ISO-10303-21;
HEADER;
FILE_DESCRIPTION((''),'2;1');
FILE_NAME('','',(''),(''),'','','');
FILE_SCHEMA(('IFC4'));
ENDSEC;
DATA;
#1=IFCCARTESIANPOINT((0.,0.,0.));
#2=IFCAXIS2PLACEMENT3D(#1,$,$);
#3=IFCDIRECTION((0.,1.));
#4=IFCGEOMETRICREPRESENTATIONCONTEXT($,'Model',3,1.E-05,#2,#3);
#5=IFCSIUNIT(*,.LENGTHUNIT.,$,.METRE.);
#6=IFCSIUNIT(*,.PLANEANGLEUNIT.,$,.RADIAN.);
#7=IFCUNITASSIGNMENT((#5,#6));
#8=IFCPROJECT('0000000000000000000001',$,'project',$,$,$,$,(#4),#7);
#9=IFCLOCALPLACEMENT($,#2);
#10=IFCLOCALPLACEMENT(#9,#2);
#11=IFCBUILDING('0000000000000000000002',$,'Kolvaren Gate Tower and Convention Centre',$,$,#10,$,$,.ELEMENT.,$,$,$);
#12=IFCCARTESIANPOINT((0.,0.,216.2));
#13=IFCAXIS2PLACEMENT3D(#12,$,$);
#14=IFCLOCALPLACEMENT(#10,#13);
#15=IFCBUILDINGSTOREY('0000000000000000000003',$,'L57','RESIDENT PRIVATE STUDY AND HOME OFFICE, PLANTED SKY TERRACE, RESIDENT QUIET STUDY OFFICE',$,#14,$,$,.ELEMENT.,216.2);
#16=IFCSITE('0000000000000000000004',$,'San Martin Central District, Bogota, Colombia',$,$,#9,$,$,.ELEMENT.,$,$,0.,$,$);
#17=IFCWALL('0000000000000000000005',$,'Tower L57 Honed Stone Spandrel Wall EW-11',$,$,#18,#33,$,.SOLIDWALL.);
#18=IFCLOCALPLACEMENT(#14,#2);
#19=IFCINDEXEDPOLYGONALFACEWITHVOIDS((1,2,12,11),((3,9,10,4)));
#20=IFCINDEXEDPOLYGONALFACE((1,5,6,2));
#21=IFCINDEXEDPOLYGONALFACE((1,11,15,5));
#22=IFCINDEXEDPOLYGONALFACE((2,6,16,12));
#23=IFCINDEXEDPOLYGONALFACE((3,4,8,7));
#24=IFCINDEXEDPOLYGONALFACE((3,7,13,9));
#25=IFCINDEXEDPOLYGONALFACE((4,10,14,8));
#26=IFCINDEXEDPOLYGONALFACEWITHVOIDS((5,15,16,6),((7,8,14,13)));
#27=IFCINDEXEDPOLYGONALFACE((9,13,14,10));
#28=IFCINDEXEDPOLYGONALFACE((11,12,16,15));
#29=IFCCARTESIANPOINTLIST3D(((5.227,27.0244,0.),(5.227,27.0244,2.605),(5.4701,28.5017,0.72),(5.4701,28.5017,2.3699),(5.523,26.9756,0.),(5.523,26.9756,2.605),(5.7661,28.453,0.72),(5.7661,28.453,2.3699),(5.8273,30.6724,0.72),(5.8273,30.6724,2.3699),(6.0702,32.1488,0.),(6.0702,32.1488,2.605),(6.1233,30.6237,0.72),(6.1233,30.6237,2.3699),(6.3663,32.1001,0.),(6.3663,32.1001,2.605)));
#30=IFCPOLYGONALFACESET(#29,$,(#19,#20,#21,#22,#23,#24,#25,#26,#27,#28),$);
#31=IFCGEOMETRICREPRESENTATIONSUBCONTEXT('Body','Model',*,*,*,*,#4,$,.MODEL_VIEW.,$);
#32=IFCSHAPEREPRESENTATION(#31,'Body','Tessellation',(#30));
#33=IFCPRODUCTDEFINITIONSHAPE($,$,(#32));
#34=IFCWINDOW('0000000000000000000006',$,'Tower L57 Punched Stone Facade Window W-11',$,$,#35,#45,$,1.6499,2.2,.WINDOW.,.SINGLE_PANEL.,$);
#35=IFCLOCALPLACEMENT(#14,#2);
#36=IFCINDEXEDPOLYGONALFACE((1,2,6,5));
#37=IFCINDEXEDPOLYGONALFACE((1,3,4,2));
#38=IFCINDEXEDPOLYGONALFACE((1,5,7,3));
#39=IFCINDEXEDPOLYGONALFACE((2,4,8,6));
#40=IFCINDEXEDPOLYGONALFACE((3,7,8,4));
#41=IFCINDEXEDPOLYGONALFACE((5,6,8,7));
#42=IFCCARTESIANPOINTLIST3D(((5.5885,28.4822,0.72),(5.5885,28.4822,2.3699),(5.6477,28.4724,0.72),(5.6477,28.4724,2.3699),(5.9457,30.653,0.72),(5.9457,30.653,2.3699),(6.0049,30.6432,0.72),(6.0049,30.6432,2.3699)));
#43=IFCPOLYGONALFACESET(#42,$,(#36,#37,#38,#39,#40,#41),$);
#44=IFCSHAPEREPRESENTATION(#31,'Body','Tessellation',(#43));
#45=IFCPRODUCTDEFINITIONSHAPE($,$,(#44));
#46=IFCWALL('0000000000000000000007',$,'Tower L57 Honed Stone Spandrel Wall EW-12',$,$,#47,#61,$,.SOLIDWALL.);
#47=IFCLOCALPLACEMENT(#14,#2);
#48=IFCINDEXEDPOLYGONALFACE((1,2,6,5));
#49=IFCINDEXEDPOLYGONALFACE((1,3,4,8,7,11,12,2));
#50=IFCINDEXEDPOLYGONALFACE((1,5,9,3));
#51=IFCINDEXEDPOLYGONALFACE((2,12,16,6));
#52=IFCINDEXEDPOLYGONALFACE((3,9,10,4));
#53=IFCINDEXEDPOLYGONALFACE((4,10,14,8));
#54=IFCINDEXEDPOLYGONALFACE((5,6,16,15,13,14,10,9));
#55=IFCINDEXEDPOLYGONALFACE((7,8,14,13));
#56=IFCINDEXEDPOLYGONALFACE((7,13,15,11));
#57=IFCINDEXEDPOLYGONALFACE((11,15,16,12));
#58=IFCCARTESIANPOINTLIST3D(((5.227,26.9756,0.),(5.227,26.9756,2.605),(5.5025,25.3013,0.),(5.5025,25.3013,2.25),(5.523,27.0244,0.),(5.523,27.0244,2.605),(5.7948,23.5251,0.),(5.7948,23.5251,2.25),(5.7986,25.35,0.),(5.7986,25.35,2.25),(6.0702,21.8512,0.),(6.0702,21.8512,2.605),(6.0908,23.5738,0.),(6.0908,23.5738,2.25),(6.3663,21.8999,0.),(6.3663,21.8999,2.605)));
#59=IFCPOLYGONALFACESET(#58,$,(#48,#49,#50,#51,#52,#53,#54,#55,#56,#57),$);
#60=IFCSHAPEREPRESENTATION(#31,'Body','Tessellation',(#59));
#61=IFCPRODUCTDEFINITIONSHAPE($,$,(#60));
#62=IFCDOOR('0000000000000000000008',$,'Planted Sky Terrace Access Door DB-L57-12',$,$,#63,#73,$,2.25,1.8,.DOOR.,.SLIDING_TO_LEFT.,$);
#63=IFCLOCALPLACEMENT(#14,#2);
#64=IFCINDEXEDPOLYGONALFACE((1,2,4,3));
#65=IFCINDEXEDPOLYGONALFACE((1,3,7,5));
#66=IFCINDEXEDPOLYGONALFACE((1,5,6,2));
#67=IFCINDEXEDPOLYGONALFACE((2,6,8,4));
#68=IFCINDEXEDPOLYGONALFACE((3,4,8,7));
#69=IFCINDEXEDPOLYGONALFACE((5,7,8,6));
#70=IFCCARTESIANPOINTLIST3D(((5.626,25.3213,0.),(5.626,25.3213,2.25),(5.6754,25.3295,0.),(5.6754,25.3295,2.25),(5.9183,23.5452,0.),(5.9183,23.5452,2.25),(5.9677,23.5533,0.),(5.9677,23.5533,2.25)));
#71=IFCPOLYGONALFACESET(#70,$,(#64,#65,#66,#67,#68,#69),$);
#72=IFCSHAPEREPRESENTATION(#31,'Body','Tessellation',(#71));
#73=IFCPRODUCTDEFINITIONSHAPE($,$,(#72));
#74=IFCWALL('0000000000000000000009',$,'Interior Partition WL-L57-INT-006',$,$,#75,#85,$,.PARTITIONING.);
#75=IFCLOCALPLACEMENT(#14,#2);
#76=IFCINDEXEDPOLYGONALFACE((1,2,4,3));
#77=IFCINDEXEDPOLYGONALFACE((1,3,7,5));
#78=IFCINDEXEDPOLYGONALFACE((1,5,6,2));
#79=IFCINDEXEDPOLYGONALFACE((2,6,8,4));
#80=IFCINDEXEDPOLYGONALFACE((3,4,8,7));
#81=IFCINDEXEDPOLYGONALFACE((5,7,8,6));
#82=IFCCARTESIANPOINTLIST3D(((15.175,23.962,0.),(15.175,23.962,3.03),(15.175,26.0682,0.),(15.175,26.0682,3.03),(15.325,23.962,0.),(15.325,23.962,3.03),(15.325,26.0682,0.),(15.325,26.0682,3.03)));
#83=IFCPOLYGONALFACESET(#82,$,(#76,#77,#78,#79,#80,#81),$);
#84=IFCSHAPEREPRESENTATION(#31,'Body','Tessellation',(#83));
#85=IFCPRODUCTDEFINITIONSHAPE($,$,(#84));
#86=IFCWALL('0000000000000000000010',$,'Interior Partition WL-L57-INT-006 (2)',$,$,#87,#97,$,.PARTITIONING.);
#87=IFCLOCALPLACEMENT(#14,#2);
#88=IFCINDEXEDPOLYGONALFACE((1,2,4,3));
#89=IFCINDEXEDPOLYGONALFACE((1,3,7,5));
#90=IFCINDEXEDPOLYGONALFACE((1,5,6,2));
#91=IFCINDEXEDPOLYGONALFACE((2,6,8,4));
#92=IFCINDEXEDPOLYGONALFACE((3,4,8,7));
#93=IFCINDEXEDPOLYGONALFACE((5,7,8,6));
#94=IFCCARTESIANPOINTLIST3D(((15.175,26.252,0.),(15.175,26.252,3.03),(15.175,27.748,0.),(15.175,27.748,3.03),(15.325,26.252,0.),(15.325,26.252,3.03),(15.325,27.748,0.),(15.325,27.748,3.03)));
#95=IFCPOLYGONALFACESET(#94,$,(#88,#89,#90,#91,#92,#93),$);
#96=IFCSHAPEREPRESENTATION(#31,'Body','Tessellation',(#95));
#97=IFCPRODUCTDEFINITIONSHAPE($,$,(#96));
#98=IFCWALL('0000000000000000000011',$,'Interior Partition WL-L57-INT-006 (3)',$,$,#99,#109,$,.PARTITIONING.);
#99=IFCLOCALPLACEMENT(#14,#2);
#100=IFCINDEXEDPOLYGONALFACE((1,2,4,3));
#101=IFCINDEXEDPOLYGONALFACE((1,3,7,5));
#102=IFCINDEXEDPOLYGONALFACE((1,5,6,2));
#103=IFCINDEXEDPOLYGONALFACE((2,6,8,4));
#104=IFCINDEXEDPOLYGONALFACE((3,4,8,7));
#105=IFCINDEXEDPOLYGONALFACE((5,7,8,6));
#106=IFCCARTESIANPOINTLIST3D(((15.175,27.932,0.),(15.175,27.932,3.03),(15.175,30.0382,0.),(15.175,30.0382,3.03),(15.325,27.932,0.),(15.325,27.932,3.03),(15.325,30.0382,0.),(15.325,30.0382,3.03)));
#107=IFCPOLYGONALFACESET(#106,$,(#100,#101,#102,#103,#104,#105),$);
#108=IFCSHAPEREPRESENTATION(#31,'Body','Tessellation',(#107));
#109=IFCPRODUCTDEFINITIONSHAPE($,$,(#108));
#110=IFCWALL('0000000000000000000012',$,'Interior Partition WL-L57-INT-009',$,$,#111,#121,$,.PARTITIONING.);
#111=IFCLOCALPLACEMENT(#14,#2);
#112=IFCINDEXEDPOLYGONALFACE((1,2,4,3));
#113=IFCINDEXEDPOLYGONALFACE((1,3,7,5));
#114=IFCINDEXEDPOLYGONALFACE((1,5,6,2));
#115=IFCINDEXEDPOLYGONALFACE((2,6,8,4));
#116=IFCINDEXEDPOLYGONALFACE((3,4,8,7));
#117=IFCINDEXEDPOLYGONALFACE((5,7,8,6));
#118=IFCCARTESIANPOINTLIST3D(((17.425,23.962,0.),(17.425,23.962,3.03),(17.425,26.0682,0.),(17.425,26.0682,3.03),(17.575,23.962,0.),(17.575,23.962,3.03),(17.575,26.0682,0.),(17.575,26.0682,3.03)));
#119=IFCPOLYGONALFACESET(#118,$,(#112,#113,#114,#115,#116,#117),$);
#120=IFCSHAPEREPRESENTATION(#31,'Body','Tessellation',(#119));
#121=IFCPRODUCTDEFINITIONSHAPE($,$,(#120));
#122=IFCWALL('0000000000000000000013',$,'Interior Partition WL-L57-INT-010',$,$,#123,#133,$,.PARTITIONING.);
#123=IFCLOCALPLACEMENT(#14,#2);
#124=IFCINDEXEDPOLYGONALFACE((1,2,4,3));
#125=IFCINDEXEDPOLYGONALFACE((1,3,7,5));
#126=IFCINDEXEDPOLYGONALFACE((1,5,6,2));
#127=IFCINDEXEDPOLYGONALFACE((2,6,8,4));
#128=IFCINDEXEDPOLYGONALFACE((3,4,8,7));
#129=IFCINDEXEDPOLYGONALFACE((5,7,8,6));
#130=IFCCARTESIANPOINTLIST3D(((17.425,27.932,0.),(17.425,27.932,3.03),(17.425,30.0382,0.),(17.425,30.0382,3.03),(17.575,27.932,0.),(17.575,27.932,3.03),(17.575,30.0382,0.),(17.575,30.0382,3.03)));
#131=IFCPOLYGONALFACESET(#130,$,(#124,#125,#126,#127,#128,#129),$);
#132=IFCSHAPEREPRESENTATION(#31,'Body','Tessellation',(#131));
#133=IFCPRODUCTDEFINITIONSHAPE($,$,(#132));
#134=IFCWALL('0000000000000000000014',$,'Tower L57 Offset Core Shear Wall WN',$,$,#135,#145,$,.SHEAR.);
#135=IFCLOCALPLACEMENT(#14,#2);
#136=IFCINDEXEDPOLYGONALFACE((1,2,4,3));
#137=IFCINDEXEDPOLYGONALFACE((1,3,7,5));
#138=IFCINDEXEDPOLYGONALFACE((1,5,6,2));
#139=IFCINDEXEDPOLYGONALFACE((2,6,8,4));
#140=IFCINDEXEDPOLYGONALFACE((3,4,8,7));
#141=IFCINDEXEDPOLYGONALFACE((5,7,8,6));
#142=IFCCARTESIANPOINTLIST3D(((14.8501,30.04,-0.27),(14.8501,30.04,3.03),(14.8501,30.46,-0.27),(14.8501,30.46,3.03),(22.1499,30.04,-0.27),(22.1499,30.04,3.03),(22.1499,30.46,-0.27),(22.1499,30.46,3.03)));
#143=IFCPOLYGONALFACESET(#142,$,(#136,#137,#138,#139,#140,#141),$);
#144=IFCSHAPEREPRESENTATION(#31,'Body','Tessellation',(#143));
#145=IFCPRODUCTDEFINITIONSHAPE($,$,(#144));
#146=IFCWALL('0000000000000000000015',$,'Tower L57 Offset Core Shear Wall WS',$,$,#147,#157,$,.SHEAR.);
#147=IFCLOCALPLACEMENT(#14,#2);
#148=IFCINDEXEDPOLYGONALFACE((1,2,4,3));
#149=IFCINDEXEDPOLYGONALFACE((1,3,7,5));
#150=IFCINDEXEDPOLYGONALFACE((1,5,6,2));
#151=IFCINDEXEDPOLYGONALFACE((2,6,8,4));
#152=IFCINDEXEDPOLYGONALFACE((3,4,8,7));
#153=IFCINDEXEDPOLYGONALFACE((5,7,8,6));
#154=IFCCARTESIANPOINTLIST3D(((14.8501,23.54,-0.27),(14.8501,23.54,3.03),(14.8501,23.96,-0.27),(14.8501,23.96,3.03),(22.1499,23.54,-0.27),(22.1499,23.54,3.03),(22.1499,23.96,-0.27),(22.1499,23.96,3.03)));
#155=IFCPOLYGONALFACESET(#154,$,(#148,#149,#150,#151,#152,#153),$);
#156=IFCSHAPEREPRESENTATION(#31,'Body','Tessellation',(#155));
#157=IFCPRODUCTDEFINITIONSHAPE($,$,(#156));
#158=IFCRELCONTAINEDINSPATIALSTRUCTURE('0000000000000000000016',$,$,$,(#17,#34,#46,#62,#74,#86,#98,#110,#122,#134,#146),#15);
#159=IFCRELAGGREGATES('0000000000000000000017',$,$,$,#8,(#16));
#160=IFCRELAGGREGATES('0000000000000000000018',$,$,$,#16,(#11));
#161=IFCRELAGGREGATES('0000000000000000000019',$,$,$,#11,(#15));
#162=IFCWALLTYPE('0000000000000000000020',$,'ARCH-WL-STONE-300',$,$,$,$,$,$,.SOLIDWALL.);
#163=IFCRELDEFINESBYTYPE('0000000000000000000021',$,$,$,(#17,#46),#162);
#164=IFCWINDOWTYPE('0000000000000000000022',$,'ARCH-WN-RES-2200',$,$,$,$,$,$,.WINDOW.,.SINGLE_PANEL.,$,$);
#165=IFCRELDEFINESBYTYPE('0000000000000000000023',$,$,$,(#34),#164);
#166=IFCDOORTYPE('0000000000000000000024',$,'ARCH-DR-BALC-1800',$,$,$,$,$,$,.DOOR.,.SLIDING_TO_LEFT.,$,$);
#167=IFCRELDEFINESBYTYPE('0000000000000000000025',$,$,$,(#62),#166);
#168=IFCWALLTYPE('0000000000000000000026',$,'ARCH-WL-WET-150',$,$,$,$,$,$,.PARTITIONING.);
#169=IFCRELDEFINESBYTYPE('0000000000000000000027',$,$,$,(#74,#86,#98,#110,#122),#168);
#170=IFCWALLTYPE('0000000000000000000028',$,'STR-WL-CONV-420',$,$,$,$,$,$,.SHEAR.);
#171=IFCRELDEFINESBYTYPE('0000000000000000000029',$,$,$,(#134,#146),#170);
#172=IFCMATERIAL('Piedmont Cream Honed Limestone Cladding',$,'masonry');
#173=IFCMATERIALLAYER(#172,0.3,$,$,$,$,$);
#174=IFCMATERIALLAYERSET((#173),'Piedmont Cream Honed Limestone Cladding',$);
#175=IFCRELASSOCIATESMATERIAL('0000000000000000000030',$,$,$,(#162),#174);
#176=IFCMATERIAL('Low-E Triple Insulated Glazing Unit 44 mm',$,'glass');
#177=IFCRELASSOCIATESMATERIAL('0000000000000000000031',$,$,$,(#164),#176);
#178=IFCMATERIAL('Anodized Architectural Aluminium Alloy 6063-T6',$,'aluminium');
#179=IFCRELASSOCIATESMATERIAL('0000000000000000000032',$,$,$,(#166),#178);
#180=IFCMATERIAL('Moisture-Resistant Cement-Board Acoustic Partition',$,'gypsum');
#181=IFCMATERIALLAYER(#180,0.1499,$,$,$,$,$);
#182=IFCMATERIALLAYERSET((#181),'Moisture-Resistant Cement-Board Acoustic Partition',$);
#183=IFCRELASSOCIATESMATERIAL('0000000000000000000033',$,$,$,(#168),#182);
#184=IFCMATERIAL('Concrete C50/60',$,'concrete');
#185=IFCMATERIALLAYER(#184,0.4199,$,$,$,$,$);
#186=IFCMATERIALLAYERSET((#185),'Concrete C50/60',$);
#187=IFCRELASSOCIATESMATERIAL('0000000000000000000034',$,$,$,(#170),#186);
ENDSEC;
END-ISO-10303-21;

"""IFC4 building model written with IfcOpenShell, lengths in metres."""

from ifc_helpers import new_model, si_unit, direction, frame, frame_2d, origin, place, context, subcontext, project, spatial, rectangle, extrude, material, layer, layer_set, type_object, element, fill, save


model = new_model("IFC4")

# Units and contexts
model_context = context("Model", 3, precision=1e-05, world=origin(), true_north=direction((0.0, 1.0)))
body_context = subcontext(model_context, "Body", "Model", "MODEL_VIEW")
ifc_project = project(units=[si_unit("LENGTHUNIT", "METRE"), si_unit("PLANEANGLEUNIT", "RADIAN")], contexts=[model_context])

# Site, building, storey
site_placement = place(None, origin())
site = spatial("IfcSite", under=ifc_project, at=site_placement, Name="San Martin Central District, Bogota, Colombia", CompositionType="ELEMENT", RefElevation=0.0)
building_placement = place(site_placement, origin())
building = spatial("IfcBuilding", under=site, at=building_placement, Name="Kolvaren Gate Tower and Convention Centre", CompositionType="ELEMENT")
storey_placement = place(building_placement, frame((0.0, 0.0, 216.2)))
storey = spatial("IfcBuildingStorey", under=building, at=storey_placement, Name="L57", Description="RESIDENT PRIVATE STUDY AND HOME OFFICE, PLANTED SKY TERRACE, RESIDENT QUIET STUDY OFFICE", CompositionType="ELEMENT", Elevation=216.2)

# Shared definitions
ifc_material_1 = material(Name="Piedmont Cream Honed Limestone Cladding", Category="masonry")

# Wall, opening, window
ifc_layer_1 = layer(ifc_material_1, 0.3)
ifc_layer_set_1 = layer_set([ifc_layer_1], Name="Piedmont Cream Honed Limestone Cladding")
wall_type_1 = type_object("IfcWallType", Name="ARCH-WL-STONE-300", PredefinedType="SOLIDWALL", material=ifc_layer_set_1)
wall_1_placement = place(storey_placement, frame((5.375, 27.0, 0.0), z_axis=(0.0, 0.0, 1.0), x_axis=(0.162371, 0.98673, 0.0)))
wall_1 = element("IfcWall", 1, at=wall_1_placement, inside=storey, type_object=wall_type_1, Name="Tower L57 Honed Stone Spandrel Wall EW-11", PredefinedType="SOLIDWALL", context=body_context, shape_type="SweptSolid", body=[
    extrude(rectangle(XDim=5.1934, YDim=0.3, at=frame_2d((2.5967, 0.0))), origin(), (0.0, 0.0, 1.0), 2.605),
])
opening_1_placement = place(wall_1_placement, frame((1.4971, 0.0, 0.72)))
opening_1 = element("IfcOpeningElement", 2, at=opening_1_placement, cuts=wall_1, PredefinedType="OPENING", context=body_context, shape_type="SweptSolid", body=[
    extrude(rectangle(XDim=2.2, YDim=1.6499, at=frame_2d((1.1001, 0.825))), frame((0.0, 0.1599, 0.0), z_axis=(0.0, -1.0, 0.0), x_axis=(1.0, 0.0, 0.0)), (0.0, 0.0, 1.0), 0.3201),
])
ifc_material_2 = material(Name="Low-E Triple Insulated Glazing Unit 44 mm", Category="glass")
window_type = type_object("IfcWindowType", Name="ARCH-WN-RES-2200", PartitioningType="SINGLE_PANEL", PredefinedType="WINDOW", material=ifc_material_2)
window_placement = place(opening_1_placement, origin())
window = element("IfcWindow", 3, at=window_placement, inside=storey, type_object=window_type, Name="Tower L57 Punched Stone Facade Window W-11", OverallHeight=1.6499, OverallWidth=2.2, PartitioningType="SINGLE_PANEL", PredefinedType="WINDOW", context=body_context, shape_type="SweptSolid", body=[
    extrude(rectangle(XDim=2.2, YDim=1.6499, at=frame_2d((1.1001, 0.825))), frame((0.0, 0.03, 0.0), z_axis=(0.0, -1.0, 0.0), x_axis=(1.0, 0.0, 0.0)), (0.0, 0.0, 1.0), 0.0601),
])
fill(opening_1, window)

# Wall, opening, door
wall_2_placement = place(storey_placement, frame((5.375, 27.0, 0.0), z_axis=(0.0, 0.0, 1.0), x_axis=(0.162371, -0.98673, 0.0)))
wall_2 = element("IfcWall", 4, at=wall_2_placement, inside=storey, type_object=wall_type_1, Name="Tower L57 Honed Stone Spandrel Wall EW-12", PredefinedType="SOLIDWALL", context=body_context, shape_type="SweptSolid", body=[
    extrude(rectangle(XDim=5.1934, YDim=0.3, at=frame_2d((2.5967, 0.0))), origin(), (0.0, 0.0, 1.0), 2.605),
])
opening_2_placement = place(wall_2_placement, frame((1.697, 0.0, 0.0)))
opening_2 = element("IfcOpeningElement", 5, at=opening_2_placement, cuts=wall_2, PredefinedType="OPENING", context=body_context, shape_type="SweptSolid", body=[
    extrude(rectangle(XDim=1.8, YDim=2.25, at=frame_2d((0.8999, 1.125))), frame((0.0, 0.1599, 0.0), z_axis=(0.0, -1.0, 0.0), x_axis=(1.0, 0.0, 0.0)), (0.0, 0.0, 1.0), 0.3201),
])
ifc_material_3 = material(Name="Anodized Architectural Aluminium Alloy 6063-T6", Category="aluminium")
door_type_1 = type_object("IfcDoorType", Name="ARCH-DR-BALC-1800", OperationType="SLIDING_TO_LEFT", PredefinedType="DOOR", material=ifc_material_3)
door_1_placement = place(opening_2_placement, frame((1.8, 0.0, 0.0), z_axis=(0.0, 0.0, 1.0), x_axis=(-1.0, 0.0, 0.0)))
door_1 = element("IfcDoor", 6, at=door_1_placement, inside=storey, type_object=door_type_1, Name="Planted Sky Terrace Access Door DB-L57-12", OperationType="SLIDING_TO_LEFT", OverallHeight=2.25, OverallWidth=1.8, PredefinedType="DOOR", context=body_context, shape_type="SweptSolid", body=[
    extrude(rectangle(XDim=1.8, YDim=2.25, at=frame_2d((0.8999, 1.125))), frame((0.0, 0.0249, 0.0), z_axis=(0.0, -1.0, 0.0), x_axis=(1.0, 0.0, 0.0)), (0.0, 0.0, 1.0), 0.05),
])
fill(opening_2, door_1)

# Walls
ifc_material_4 = material(Name="Moisture-Resistant Cement-Board Acoustic Partition", Category="gypsum")
ifc_layer_2 = layer(ifc_material_4, 0.1499)
ifc_layer_set_2 = layer_set([ifc_layer_2], Name="Moisture-Resistant Cement-Board Acoustic Partition")
wall_type_2 = type_object("IfcWallType", Name="ARCH-WL-WET-150", PredefinedType="PARTITIONING", material=ifc_layer_set_2)
wall_3_placement = place(storey_placement, frame((15.25, 23.9619, 0.0), z_axis=(0.0, 0.0, 1.0), x_axis=(0.0, 1.0, 0.0)))
element("IfcWall", 7, at=wall_3_placement, inside=storey, type_object=wall_type_2, Name="Interior Partition WL-L57-INT-006", PredefinedType="PARTITIONING", context=body_context, shape_type="SweptSolid", body=[
    extrude(rectangle(XDim=2.1062, YDim=0.1499, at=frame_2d((1.0532, 0.0))), origin(), (0.0, 0.0, 1.0), 3.03),
])
wall_4_placement = place(storey_placement, frame((15.25, 26.252, 0.0), z_axis=(0.0, 0.0, 1.0), x_axis=(0.0, 1.0, 0.0)))
element("IfcWall", 8, at=wall_4_placement, inside=storey, type_object=wall_type_2, Name="Interior Partition WL-L57-INT-006 (2)", PredefinedType="PARTITIONING", context=body_context, shape_type="SweptSolid", body=[
    extrude(rectangle(XDim=1.4961, YDim=0.1499, at=frame_2d((0.748, 0.0))), origin(), (0.0, 0.0, 1.0), 3.03),
])
for number, where, z_axis, x_axis, name in (
    (9, (15.25, 27.9319, 0.0), (0.0, 0.0, 1.0), (0.0, 1.0, 0.0), "Interior Partition WL-L57-INT-006 (3)"),
    (10, (17.5, 23.9619, 0.0), (0.0, 0.0, 1.0), (0.0, 1.0, 0.0), "Interior Partition WL-L57-INT-009"),
    (11, (17.5, 27.9319, 0.0), (0.0, 0.0, 1.0), (0.0, 1.0, 0.0), "Interior Partition WL-L57-INT-010"),
):
    element("IfcWall", number, at=place(storey_placement, frame(where, z_axis=z_axis, x_axis=x_axis)), inside=storey, type_object=wall_type_2, Name=name, PredefinedType="PARTITIONING", context=body_context, shape_type="SweptSolid", body=[
        extrude(rectangle(XDim=2.1062, YDim=0.1499, at=frame_2d((1.0532, 0.0))), origin(), (0.0, 0.0, 1.0), 3.03),
    ])
ifc_material_5 = material(Name="Concrete C50/60", Category="concrete")
ifc_layer_3 = layer(ifc_material_5, 0.4199)
ifc_layer_set_3 = layer_set([ifc_layer_3], Name="Concrete C50/60")
wall_type_3 = type_object("IfcWallType", Name="STR-WL-CONV-420", PredefinedType="SHEAR", material=ifc_layer_set_3)
for number, where, z_axis, x_axis, name in (
    (12, (14.8501, 30.25, -0.27), (0.0, 0.0, 1.0), (1.0, 0.0, 0.0), "Tower L57 Offset Core Shear Wall WN"),
    (13, (14.8501, 23.75, -0.27), (0.0, 0.0, 1.0), (1.0, 0.0, 0.0), "Tower L57 Offset Core Shear Wall WS"),
):
    element("IfcWall", number, at=place(storey_placement, frame(where, z_axis=z_axis, x_axis=x_axis)), inside=storey, type_object=wall_type_3, Name=name, PredefinedType="SHEAR", context=body_context, shape_type="SweptSolid", body=[
        extrude(rectangle(XDim=7.2998, YDim=0.4199, at=frame_2d((3.6499, 0.0))), origin(), (0.0, 0.0, 1.0), 3.3),
    ])

save(model, "model.ifc")
